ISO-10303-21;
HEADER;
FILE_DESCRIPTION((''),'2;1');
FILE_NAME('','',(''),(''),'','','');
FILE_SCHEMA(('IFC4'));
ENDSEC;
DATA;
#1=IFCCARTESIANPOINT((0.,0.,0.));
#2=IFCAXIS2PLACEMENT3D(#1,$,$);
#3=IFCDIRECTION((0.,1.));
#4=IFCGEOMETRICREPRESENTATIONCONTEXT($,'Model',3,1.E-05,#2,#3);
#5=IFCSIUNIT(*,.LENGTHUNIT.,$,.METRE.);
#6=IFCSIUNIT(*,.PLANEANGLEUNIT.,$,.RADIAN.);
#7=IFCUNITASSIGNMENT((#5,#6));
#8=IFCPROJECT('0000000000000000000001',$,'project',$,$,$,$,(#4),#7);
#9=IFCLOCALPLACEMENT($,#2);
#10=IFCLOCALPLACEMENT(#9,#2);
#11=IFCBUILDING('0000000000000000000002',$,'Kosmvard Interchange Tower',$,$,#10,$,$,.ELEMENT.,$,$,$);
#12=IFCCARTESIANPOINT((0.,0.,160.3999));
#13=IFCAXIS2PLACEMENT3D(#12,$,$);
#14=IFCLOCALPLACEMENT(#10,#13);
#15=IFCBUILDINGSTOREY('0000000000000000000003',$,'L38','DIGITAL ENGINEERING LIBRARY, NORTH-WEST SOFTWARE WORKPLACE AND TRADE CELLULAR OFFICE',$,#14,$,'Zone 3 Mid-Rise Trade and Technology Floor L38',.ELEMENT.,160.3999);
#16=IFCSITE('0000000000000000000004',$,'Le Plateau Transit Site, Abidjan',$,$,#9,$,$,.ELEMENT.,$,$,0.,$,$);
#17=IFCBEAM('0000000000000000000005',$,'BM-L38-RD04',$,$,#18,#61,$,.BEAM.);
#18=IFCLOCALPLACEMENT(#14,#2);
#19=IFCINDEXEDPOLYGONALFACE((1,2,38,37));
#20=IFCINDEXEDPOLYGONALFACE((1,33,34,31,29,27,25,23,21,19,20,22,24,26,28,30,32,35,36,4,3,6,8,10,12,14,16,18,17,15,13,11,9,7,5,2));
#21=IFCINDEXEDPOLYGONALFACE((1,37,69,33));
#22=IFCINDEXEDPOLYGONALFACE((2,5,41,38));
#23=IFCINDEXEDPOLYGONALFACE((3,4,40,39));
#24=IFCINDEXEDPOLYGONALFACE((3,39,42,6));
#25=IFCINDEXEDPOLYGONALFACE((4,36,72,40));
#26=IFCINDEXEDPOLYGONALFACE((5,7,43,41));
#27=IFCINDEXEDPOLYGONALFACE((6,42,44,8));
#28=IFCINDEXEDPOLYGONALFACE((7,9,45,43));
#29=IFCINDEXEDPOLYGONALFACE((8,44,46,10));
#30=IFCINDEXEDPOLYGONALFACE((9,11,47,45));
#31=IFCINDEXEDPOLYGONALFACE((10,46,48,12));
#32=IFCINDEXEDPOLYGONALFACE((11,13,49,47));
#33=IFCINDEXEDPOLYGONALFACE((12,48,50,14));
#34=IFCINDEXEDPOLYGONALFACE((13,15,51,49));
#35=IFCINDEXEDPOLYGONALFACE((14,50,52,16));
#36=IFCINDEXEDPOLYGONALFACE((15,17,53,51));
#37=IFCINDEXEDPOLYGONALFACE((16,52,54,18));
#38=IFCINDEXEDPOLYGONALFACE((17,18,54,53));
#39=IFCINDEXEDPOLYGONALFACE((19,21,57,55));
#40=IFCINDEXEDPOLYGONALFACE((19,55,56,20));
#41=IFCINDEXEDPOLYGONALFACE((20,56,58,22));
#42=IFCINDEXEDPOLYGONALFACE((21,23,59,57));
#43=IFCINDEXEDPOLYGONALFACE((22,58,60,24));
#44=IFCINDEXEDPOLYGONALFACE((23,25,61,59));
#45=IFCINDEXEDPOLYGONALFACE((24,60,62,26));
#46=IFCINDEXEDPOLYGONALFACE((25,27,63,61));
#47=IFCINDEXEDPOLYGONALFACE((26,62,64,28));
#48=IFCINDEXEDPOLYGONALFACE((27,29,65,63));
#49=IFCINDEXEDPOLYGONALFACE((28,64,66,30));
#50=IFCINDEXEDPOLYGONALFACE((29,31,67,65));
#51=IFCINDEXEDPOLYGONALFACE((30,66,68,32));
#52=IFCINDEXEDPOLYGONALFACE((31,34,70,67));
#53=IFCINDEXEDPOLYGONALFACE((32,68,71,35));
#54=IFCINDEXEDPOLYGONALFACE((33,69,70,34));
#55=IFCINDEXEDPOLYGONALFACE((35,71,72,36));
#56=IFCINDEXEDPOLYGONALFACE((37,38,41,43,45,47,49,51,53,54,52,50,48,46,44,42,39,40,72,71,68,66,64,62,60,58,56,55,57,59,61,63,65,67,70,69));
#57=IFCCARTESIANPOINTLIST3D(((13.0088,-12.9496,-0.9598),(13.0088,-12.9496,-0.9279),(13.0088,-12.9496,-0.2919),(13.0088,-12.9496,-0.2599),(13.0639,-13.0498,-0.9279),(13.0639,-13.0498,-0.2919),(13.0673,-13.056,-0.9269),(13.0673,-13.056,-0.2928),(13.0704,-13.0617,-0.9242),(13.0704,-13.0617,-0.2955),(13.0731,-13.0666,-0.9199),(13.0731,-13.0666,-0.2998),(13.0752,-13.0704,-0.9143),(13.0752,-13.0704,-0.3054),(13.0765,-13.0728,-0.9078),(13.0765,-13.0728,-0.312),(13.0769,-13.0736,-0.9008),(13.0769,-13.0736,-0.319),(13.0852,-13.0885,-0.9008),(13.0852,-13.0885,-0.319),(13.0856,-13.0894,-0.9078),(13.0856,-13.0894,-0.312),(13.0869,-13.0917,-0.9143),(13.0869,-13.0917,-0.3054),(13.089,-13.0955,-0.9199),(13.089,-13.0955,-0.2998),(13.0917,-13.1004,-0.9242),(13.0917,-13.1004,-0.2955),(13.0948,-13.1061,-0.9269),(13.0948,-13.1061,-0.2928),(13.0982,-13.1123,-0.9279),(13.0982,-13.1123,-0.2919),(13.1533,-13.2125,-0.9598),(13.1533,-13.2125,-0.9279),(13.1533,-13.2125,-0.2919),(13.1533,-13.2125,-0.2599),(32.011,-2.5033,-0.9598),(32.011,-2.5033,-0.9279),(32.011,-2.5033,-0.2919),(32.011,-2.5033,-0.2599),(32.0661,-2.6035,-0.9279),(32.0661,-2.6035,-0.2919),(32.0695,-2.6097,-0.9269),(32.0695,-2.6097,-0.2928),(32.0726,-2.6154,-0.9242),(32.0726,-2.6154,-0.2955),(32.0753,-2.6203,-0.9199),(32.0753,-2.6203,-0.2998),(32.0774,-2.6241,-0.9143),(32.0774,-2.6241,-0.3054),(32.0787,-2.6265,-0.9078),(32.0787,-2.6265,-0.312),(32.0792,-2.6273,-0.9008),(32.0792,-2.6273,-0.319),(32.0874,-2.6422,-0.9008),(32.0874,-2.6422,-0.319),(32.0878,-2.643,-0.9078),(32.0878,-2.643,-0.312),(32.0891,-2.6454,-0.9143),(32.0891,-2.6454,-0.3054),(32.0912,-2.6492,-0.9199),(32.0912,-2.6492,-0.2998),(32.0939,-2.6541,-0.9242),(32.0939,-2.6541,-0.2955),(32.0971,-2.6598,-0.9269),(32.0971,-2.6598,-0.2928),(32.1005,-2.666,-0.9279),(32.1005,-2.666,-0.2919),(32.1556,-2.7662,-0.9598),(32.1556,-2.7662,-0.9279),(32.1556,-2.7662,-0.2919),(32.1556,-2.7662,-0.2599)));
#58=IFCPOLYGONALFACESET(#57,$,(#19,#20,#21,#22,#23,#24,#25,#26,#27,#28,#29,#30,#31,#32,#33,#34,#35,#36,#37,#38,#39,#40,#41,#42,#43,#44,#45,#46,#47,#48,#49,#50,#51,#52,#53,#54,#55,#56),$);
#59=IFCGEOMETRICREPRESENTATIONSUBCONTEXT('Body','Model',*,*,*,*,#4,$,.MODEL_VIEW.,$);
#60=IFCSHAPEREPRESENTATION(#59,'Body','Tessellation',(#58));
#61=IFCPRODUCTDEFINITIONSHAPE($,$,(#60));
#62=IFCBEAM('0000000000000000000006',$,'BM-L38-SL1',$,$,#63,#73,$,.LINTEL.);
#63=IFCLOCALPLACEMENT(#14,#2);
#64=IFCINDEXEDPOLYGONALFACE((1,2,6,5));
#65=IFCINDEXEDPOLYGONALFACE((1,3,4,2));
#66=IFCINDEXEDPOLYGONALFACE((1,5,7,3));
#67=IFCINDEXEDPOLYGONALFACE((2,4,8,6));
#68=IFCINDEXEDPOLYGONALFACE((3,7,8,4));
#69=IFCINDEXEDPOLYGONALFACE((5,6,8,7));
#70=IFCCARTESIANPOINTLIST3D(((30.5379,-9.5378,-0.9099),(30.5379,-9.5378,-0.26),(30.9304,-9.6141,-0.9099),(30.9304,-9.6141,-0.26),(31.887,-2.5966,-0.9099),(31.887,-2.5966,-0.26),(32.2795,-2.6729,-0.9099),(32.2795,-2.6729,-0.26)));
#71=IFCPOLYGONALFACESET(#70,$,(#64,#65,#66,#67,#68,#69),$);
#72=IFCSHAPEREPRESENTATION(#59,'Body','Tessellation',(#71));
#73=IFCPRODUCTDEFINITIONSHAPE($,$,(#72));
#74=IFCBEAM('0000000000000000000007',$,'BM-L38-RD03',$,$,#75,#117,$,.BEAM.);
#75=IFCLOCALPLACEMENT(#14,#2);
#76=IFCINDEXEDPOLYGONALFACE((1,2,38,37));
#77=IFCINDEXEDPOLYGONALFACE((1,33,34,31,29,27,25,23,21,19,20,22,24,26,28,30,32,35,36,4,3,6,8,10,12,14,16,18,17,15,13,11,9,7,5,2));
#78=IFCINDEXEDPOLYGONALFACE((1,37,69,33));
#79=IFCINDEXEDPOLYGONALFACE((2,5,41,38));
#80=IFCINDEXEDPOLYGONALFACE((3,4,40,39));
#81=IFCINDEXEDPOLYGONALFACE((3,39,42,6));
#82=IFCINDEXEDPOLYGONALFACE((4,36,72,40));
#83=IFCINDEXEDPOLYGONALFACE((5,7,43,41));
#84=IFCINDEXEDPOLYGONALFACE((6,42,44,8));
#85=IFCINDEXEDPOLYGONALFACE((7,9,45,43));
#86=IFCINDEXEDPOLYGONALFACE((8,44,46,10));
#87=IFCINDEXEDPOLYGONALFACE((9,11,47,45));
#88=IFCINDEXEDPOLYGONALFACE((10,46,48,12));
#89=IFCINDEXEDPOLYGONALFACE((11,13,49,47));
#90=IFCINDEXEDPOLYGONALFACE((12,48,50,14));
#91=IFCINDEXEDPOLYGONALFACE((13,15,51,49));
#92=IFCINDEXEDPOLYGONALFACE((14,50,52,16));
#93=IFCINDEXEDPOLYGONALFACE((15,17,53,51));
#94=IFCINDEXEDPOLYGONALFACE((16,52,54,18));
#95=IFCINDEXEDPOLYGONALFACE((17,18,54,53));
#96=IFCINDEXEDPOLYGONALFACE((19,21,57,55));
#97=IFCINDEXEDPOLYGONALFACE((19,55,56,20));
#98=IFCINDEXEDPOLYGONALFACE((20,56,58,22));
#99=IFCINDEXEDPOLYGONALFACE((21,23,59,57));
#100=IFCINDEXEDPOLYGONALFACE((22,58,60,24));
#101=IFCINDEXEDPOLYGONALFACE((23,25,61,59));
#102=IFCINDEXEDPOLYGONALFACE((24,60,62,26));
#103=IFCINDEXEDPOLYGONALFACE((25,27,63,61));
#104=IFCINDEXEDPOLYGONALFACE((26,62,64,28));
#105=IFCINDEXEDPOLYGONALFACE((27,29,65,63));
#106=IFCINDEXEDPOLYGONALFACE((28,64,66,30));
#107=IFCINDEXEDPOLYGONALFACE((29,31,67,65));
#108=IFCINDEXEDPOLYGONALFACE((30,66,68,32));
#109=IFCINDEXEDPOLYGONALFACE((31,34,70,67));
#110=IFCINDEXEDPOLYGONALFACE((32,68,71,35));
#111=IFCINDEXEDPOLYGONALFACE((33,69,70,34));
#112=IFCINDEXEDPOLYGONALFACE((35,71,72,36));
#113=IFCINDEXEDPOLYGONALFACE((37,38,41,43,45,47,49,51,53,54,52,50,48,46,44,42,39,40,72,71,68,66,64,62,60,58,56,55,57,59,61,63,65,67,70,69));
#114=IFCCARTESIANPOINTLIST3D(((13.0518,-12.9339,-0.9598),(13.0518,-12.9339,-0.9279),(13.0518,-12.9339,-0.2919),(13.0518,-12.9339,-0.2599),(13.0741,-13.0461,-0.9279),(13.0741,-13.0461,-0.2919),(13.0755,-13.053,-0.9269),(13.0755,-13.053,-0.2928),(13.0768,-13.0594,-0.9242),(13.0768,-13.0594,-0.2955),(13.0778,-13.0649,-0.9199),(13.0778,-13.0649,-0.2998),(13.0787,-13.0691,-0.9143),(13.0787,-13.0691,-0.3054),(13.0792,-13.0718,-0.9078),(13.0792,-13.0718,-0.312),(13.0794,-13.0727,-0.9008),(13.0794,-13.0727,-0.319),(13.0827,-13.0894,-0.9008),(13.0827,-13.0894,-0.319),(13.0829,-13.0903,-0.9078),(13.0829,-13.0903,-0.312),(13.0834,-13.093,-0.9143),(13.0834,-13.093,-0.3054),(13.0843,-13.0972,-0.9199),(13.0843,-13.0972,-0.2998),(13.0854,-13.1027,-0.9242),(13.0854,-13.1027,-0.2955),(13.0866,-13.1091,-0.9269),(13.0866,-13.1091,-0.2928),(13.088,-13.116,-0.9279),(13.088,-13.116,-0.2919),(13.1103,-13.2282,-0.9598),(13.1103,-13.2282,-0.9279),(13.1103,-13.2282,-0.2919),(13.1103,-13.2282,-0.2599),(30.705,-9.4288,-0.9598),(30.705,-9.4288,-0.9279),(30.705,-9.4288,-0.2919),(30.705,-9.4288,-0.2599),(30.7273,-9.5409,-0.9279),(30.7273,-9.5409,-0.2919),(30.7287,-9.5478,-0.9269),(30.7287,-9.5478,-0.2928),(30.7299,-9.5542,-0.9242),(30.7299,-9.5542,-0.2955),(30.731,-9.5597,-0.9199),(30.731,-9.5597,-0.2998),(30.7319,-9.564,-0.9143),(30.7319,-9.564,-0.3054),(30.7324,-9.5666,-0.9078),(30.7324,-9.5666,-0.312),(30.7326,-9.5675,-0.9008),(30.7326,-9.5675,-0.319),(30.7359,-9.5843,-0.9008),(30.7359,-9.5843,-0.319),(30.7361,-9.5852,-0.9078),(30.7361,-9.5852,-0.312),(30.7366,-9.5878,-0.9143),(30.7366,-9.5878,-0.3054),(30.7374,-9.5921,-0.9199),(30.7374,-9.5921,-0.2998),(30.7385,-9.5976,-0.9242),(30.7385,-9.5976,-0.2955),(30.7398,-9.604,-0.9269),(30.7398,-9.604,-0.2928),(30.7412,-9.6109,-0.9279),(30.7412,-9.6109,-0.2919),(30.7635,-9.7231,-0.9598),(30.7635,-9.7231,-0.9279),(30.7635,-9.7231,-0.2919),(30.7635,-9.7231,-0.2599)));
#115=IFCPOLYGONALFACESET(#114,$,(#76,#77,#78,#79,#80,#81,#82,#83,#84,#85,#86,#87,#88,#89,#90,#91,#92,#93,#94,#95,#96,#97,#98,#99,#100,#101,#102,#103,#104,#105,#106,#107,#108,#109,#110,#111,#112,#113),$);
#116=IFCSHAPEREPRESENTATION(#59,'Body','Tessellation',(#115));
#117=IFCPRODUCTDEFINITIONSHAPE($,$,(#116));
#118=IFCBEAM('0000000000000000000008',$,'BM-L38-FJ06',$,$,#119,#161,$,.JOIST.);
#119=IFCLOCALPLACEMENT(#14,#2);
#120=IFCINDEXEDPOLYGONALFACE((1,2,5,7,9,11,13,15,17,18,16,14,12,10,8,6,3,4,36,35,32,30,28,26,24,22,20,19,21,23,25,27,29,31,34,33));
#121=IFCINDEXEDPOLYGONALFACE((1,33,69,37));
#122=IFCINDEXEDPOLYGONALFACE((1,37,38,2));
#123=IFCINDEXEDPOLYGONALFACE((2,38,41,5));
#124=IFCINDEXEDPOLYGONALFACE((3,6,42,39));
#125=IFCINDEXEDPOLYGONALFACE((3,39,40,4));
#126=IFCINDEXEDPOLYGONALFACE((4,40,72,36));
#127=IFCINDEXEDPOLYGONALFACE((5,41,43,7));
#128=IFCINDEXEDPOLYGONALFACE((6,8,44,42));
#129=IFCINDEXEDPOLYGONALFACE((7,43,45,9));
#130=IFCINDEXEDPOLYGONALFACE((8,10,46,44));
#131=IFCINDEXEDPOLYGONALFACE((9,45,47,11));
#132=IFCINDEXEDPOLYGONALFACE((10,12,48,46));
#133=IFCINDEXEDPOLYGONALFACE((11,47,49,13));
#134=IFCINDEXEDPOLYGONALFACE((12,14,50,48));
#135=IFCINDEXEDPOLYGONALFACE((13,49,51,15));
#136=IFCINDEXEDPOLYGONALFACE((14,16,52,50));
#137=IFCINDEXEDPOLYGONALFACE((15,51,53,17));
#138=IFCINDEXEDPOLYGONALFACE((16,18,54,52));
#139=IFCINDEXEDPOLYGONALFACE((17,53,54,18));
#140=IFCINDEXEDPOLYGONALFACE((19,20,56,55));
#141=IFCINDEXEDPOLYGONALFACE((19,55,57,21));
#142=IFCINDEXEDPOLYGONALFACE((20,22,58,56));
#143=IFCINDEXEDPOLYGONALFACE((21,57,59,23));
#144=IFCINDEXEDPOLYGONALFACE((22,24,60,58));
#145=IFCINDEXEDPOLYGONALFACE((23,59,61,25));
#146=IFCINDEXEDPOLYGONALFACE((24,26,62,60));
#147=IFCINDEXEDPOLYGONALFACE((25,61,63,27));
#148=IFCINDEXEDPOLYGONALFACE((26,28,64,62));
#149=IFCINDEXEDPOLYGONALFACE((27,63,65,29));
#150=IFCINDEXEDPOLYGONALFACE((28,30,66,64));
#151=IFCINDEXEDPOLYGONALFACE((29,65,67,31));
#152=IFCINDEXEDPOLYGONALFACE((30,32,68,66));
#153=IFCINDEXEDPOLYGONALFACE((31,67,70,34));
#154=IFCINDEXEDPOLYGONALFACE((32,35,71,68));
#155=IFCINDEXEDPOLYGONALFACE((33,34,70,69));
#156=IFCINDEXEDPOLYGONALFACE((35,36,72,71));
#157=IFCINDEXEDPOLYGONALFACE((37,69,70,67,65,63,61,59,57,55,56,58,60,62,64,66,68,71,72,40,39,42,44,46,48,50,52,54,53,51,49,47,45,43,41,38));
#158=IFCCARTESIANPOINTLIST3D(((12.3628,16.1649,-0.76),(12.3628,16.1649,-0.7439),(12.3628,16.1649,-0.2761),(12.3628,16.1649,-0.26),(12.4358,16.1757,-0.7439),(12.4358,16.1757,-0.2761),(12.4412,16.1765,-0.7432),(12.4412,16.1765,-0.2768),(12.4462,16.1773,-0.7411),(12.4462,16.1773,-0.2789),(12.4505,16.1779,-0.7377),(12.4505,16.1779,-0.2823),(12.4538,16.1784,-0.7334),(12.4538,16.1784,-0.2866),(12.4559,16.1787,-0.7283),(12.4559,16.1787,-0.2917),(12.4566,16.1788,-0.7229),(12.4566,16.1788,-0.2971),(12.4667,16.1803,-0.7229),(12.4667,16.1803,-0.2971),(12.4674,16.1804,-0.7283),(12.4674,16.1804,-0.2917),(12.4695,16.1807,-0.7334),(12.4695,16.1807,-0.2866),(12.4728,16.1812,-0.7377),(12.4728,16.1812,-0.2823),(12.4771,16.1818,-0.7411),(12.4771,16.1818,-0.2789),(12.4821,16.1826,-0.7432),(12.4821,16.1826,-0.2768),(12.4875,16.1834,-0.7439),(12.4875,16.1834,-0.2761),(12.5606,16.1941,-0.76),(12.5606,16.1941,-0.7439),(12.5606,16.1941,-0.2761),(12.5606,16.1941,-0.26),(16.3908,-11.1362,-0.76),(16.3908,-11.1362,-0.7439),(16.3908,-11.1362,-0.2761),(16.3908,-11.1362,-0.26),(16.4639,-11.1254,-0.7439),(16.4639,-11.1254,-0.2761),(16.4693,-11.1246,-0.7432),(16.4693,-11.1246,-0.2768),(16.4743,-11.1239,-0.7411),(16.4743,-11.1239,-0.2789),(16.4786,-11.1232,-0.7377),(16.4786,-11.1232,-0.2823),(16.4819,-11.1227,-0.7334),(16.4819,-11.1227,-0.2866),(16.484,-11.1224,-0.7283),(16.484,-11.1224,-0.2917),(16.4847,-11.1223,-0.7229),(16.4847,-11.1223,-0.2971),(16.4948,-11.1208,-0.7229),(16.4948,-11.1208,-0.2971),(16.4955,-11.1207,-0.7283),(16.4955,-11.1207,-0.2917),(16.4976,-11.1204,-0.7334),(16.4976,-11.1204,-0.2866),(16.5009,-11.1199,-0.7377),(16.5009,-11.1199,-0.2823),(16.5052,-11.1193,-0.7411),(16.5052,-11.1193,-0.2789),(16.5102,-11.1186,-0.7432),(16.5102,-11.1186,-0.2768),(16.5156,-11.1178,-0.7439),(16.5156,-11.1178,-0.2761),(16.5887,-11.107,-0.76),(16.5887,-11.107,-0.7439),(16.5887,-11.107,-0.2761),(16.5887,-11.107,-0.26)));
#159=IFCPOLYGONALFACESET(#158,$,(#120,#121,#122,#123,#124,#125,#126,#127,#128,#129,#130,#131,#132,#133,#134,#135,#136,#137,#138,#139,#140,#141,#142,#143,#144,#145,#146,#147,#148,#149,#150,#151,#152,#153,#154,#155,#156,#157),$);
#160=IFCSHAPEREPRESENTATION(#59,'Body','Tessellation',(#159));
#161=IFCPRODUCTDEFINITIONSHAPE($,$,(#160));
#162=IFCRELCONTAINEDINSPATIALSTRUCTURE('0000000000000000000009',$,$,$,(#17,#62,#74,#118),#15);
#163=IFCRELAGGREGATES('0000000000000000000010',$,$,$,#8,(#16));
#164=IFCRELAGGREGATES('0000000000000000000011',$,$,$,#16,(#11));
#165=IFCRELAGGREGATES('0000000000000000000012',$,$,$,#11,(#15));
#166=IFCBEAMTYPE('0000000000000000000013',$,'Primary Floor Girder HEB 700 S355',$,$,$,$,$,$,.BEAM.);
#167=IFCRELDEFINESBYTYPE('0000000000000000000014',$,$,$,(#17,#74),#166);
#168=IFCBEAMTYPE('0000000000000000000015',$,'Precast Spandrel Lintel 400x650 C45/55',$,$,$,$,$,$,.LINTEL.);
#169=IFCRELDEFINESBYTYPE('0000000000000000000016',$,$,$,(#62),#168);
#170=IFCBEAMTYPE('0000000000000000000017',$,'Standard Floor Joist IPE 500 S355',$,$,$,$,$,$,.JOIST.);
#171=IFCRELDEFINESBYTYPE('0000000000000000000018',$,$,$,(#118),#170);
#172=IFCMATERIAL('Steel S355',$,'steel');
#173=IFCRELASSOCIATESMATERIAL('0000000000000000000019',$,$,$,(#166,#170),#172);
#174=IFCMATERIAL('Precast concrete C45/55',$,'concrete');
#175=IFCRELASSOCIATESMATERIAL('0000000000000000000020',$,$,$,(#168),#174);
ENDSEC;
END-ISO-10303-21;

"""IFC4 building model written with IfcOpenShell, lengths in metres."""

from ifc_helpers import new_model, si_unit, direction, frame, origin, origin_2d, place, context, subcontext, project, spatial, rectangle, i_section, extrude, source, transform, mapped, material, material_profile, profile_set, type_object, element, save


model = new_model("IFC4")

# Units and contexts
model_context = context("Model", 3, precision=1e-05, world=origin(), true_north=direction((0.0, 1.0)))
body_context = subcontext(model_context, "Body", "Model", "MODEL_VIEW")
ifc_project = project(units=[si_unit("LENGTHUNIT", "METRE"), si_unit("PLANEANGLEUNIT", "RADIAN")], contexts=[model_context])

# Site, building, storey
site_placement = place(None, origin())
site = spatial("IfcSite", under=ifc_project, at=site_placement, Name="Le Plateau Transit Site, Abidjan", CompositionType="ELEMENT", RefElevation=0.0)
building_placement = place(site_placement, origin())
building = spatial("IfcBuilding", under=site, at=building_placement, Name="Kosmvard Interchange Tower", CompositionType="ELEMENT")
storey_placement = place(building_placement, frame((0.0, 0.0, 160.3999)))
storey = spatial("IfcBuildingStorey", under=building, at=storey_placement, Name="L38", Description="DIGITAL ENGINEERING LIBRARY, NORTH-WEST SOFTWARE WORKPLACE AND TRADE CELLULAR OFFICE", LongName="Zone 3 Mid-Rise Trade and Technology Floor L38", CompositionType="ELEMENT", Elevation=160.3999)

# Beams
ifc_material_1 = material(Name="Steel S355", Category="steel")
ifc_material_profile_1 = material_profile(ifc_material_1, i_section(OverallWidth=0.3, OverallDepth=0.7, WebThickness=0.0171, FlangeThickness=0.032, FilletRadius=0.0271, at=origin_2d()), Name="HEB 700")
ifc_profile_set_1 = profile_set([ifc_material_profile_1], Name="Steel S355")
beam_type_1 = type_object("IfcBeamType", Name="Primary Floor Girder HEB 700 S355", PredefinedType="BEAM", material=ifc_profile_set_1)
shared_shape_1 = source(origin(), body_context, "Body", "SweptSolid", [
    extrude(i_section(OverallWidth=0.3, OverallDepth=0.7, WebThickness=0.0171, FlangeThickness=0.032, FilletRadius=0.0271, at=origin_2d()), origin(), (0.0, 0.0, 1.0), 21.6843),
])
beam_1_placement = place(storey_placement, frame((13.0811, -13.0811, -0.6099), z_axis=(0.876312, 0.481745, 0.0), x_axis=(-0.481745, 0.876312, 0.0)))
element("IfcBeam", 1, at=beam_1_placement, inside=storey, type_object=beam_type_1, Name="BM-L38-RD04", PredefinedType="BEAM", context=body_context, shape_type="MappedRepresentation", body=[
    mapped(shared_shape_1, transform((0.0, 0.0, 0.0), scale=1.0)),
])
ifc_material_2 = material(Name="Precast concrete C45/55", Category="concrete")
ifc_material_profile_2 = material_profile(ifc_material_2, rectangle(XDim=0.3999, YDim=0.6499, at=origin_2d()), Name="SL 400x650")
ifc_profile_set_2 = profile_set([ifc_material_profile_2], Name="Precast concrete C45/55")
beam_type_2 = type_object("IfcBeamType", Name="Precast Spandrel Lintel 400x650 C45/55", PredefinedType="LINTEL", material=ifc_profile_set_2)
shared_shape_2 = source(origin(), body_context, "Body", "SweptSolid", [
    extrude(rectangle(XDim=0.3999, YDim=0.6499, at=origin_2d()), origin(), (0.0, 0.0, 1.0), 7.071),
])
beam_2_placement = place(storey_placement, frame((30.7341, -9.5759, -0.585), z_axis=(0.190795, 0.98163, 0.0), x_axis=(-0.98163, 0.190795, 0.0)))
element("IfcBeam", 2, at=beam_2_placement, inside=storey, type_object=beam_type_2, Name="BM-L38-SL1", PredefinedType="LINTEL", context=body_context, shape_type="MappedRepresentation", body=[
    mapped(shared_shape_2, transform((0.0, 0.0, 0.0), scale=1.0)),
])
shared_shape_3 = source(origin(), body_context, "Body", "SweptSolid", [
    extrude(i_section(OverallWidth=0.3, OverallDepth=0.7, WebThickness=0.0171, FlangeThickness=0.032, FilletRadius=0.0271, at=origin_2d()), origin(), (0.0, 0.0, 1.0), 17.9978),
])
beam_3_placement = place(storey_placement, frame((13.0811, -13.0811, -0.6099), z_axis=(0.980852, 0.194754, 0.0), x_axis=(-0.194754, 0.980852, 0.0)))
element("IfcBeam", 3, at=beam_3_placement, inside=storey, type_object=beam_type_1, Name="BM-L38-RD03", PredefinedType="BEAM", context=body_context, shape_type="MappedRepresentation", body=[
    mapped(shared_shape_3, transform((0.0, 0.0, 0.0), scale=1.0)),
])
ifc_material_profile_3 = material_profile(ifc_material_1, i_section(OverallWidth=0.2, OverallDepth=0.5, WebThickness=0.0103, FlangeThickness=0.0161, FilletRadius=0.021, at=origin_2d()), Name="IPE 500")
ifc_profile_set_3 = profile_set([ifc_material_profile_3], Name="Steel S355")
beam_type_3 = type_object("IfcBeamType", Name="Standard Floor Joist IPE 500 S355", PredefinedType="JOIST", material=ifc_profile_set_3)
shared_shape_4 = source(origin(), body_context, "Body", "SweptSolid", [
    extrude(i_section(OverallWidth=0.2, OverallDepth=0.5, WebThickness=0.0103, FlangeThickness=0.0161, FilletRadius=0.021, at=origin_2d()), origin(), (0.0, 0.0, 1.0), 27.5967),
])
beam_4_placement = place(storey_placement, frame((16.4897, -11.1216, -0.51), z_axis=(-0.145963, 0.98929, 0.0), x_axis=(-0.98929, -0.145963, 0.0)))
element("IfcBeam", 4, at=beam_4_placement, inside=storey, type_object=beam_type_3, Name="BM-L38-FJ06", PredefinedType="JOIST", context=body_context, shape_type="MappedRepresentation", body=[
    mapped(shared_shape_4, transform((0.0, 0.0, 0.0), scale=1.0)),
])

save(model, "model.ifc")
